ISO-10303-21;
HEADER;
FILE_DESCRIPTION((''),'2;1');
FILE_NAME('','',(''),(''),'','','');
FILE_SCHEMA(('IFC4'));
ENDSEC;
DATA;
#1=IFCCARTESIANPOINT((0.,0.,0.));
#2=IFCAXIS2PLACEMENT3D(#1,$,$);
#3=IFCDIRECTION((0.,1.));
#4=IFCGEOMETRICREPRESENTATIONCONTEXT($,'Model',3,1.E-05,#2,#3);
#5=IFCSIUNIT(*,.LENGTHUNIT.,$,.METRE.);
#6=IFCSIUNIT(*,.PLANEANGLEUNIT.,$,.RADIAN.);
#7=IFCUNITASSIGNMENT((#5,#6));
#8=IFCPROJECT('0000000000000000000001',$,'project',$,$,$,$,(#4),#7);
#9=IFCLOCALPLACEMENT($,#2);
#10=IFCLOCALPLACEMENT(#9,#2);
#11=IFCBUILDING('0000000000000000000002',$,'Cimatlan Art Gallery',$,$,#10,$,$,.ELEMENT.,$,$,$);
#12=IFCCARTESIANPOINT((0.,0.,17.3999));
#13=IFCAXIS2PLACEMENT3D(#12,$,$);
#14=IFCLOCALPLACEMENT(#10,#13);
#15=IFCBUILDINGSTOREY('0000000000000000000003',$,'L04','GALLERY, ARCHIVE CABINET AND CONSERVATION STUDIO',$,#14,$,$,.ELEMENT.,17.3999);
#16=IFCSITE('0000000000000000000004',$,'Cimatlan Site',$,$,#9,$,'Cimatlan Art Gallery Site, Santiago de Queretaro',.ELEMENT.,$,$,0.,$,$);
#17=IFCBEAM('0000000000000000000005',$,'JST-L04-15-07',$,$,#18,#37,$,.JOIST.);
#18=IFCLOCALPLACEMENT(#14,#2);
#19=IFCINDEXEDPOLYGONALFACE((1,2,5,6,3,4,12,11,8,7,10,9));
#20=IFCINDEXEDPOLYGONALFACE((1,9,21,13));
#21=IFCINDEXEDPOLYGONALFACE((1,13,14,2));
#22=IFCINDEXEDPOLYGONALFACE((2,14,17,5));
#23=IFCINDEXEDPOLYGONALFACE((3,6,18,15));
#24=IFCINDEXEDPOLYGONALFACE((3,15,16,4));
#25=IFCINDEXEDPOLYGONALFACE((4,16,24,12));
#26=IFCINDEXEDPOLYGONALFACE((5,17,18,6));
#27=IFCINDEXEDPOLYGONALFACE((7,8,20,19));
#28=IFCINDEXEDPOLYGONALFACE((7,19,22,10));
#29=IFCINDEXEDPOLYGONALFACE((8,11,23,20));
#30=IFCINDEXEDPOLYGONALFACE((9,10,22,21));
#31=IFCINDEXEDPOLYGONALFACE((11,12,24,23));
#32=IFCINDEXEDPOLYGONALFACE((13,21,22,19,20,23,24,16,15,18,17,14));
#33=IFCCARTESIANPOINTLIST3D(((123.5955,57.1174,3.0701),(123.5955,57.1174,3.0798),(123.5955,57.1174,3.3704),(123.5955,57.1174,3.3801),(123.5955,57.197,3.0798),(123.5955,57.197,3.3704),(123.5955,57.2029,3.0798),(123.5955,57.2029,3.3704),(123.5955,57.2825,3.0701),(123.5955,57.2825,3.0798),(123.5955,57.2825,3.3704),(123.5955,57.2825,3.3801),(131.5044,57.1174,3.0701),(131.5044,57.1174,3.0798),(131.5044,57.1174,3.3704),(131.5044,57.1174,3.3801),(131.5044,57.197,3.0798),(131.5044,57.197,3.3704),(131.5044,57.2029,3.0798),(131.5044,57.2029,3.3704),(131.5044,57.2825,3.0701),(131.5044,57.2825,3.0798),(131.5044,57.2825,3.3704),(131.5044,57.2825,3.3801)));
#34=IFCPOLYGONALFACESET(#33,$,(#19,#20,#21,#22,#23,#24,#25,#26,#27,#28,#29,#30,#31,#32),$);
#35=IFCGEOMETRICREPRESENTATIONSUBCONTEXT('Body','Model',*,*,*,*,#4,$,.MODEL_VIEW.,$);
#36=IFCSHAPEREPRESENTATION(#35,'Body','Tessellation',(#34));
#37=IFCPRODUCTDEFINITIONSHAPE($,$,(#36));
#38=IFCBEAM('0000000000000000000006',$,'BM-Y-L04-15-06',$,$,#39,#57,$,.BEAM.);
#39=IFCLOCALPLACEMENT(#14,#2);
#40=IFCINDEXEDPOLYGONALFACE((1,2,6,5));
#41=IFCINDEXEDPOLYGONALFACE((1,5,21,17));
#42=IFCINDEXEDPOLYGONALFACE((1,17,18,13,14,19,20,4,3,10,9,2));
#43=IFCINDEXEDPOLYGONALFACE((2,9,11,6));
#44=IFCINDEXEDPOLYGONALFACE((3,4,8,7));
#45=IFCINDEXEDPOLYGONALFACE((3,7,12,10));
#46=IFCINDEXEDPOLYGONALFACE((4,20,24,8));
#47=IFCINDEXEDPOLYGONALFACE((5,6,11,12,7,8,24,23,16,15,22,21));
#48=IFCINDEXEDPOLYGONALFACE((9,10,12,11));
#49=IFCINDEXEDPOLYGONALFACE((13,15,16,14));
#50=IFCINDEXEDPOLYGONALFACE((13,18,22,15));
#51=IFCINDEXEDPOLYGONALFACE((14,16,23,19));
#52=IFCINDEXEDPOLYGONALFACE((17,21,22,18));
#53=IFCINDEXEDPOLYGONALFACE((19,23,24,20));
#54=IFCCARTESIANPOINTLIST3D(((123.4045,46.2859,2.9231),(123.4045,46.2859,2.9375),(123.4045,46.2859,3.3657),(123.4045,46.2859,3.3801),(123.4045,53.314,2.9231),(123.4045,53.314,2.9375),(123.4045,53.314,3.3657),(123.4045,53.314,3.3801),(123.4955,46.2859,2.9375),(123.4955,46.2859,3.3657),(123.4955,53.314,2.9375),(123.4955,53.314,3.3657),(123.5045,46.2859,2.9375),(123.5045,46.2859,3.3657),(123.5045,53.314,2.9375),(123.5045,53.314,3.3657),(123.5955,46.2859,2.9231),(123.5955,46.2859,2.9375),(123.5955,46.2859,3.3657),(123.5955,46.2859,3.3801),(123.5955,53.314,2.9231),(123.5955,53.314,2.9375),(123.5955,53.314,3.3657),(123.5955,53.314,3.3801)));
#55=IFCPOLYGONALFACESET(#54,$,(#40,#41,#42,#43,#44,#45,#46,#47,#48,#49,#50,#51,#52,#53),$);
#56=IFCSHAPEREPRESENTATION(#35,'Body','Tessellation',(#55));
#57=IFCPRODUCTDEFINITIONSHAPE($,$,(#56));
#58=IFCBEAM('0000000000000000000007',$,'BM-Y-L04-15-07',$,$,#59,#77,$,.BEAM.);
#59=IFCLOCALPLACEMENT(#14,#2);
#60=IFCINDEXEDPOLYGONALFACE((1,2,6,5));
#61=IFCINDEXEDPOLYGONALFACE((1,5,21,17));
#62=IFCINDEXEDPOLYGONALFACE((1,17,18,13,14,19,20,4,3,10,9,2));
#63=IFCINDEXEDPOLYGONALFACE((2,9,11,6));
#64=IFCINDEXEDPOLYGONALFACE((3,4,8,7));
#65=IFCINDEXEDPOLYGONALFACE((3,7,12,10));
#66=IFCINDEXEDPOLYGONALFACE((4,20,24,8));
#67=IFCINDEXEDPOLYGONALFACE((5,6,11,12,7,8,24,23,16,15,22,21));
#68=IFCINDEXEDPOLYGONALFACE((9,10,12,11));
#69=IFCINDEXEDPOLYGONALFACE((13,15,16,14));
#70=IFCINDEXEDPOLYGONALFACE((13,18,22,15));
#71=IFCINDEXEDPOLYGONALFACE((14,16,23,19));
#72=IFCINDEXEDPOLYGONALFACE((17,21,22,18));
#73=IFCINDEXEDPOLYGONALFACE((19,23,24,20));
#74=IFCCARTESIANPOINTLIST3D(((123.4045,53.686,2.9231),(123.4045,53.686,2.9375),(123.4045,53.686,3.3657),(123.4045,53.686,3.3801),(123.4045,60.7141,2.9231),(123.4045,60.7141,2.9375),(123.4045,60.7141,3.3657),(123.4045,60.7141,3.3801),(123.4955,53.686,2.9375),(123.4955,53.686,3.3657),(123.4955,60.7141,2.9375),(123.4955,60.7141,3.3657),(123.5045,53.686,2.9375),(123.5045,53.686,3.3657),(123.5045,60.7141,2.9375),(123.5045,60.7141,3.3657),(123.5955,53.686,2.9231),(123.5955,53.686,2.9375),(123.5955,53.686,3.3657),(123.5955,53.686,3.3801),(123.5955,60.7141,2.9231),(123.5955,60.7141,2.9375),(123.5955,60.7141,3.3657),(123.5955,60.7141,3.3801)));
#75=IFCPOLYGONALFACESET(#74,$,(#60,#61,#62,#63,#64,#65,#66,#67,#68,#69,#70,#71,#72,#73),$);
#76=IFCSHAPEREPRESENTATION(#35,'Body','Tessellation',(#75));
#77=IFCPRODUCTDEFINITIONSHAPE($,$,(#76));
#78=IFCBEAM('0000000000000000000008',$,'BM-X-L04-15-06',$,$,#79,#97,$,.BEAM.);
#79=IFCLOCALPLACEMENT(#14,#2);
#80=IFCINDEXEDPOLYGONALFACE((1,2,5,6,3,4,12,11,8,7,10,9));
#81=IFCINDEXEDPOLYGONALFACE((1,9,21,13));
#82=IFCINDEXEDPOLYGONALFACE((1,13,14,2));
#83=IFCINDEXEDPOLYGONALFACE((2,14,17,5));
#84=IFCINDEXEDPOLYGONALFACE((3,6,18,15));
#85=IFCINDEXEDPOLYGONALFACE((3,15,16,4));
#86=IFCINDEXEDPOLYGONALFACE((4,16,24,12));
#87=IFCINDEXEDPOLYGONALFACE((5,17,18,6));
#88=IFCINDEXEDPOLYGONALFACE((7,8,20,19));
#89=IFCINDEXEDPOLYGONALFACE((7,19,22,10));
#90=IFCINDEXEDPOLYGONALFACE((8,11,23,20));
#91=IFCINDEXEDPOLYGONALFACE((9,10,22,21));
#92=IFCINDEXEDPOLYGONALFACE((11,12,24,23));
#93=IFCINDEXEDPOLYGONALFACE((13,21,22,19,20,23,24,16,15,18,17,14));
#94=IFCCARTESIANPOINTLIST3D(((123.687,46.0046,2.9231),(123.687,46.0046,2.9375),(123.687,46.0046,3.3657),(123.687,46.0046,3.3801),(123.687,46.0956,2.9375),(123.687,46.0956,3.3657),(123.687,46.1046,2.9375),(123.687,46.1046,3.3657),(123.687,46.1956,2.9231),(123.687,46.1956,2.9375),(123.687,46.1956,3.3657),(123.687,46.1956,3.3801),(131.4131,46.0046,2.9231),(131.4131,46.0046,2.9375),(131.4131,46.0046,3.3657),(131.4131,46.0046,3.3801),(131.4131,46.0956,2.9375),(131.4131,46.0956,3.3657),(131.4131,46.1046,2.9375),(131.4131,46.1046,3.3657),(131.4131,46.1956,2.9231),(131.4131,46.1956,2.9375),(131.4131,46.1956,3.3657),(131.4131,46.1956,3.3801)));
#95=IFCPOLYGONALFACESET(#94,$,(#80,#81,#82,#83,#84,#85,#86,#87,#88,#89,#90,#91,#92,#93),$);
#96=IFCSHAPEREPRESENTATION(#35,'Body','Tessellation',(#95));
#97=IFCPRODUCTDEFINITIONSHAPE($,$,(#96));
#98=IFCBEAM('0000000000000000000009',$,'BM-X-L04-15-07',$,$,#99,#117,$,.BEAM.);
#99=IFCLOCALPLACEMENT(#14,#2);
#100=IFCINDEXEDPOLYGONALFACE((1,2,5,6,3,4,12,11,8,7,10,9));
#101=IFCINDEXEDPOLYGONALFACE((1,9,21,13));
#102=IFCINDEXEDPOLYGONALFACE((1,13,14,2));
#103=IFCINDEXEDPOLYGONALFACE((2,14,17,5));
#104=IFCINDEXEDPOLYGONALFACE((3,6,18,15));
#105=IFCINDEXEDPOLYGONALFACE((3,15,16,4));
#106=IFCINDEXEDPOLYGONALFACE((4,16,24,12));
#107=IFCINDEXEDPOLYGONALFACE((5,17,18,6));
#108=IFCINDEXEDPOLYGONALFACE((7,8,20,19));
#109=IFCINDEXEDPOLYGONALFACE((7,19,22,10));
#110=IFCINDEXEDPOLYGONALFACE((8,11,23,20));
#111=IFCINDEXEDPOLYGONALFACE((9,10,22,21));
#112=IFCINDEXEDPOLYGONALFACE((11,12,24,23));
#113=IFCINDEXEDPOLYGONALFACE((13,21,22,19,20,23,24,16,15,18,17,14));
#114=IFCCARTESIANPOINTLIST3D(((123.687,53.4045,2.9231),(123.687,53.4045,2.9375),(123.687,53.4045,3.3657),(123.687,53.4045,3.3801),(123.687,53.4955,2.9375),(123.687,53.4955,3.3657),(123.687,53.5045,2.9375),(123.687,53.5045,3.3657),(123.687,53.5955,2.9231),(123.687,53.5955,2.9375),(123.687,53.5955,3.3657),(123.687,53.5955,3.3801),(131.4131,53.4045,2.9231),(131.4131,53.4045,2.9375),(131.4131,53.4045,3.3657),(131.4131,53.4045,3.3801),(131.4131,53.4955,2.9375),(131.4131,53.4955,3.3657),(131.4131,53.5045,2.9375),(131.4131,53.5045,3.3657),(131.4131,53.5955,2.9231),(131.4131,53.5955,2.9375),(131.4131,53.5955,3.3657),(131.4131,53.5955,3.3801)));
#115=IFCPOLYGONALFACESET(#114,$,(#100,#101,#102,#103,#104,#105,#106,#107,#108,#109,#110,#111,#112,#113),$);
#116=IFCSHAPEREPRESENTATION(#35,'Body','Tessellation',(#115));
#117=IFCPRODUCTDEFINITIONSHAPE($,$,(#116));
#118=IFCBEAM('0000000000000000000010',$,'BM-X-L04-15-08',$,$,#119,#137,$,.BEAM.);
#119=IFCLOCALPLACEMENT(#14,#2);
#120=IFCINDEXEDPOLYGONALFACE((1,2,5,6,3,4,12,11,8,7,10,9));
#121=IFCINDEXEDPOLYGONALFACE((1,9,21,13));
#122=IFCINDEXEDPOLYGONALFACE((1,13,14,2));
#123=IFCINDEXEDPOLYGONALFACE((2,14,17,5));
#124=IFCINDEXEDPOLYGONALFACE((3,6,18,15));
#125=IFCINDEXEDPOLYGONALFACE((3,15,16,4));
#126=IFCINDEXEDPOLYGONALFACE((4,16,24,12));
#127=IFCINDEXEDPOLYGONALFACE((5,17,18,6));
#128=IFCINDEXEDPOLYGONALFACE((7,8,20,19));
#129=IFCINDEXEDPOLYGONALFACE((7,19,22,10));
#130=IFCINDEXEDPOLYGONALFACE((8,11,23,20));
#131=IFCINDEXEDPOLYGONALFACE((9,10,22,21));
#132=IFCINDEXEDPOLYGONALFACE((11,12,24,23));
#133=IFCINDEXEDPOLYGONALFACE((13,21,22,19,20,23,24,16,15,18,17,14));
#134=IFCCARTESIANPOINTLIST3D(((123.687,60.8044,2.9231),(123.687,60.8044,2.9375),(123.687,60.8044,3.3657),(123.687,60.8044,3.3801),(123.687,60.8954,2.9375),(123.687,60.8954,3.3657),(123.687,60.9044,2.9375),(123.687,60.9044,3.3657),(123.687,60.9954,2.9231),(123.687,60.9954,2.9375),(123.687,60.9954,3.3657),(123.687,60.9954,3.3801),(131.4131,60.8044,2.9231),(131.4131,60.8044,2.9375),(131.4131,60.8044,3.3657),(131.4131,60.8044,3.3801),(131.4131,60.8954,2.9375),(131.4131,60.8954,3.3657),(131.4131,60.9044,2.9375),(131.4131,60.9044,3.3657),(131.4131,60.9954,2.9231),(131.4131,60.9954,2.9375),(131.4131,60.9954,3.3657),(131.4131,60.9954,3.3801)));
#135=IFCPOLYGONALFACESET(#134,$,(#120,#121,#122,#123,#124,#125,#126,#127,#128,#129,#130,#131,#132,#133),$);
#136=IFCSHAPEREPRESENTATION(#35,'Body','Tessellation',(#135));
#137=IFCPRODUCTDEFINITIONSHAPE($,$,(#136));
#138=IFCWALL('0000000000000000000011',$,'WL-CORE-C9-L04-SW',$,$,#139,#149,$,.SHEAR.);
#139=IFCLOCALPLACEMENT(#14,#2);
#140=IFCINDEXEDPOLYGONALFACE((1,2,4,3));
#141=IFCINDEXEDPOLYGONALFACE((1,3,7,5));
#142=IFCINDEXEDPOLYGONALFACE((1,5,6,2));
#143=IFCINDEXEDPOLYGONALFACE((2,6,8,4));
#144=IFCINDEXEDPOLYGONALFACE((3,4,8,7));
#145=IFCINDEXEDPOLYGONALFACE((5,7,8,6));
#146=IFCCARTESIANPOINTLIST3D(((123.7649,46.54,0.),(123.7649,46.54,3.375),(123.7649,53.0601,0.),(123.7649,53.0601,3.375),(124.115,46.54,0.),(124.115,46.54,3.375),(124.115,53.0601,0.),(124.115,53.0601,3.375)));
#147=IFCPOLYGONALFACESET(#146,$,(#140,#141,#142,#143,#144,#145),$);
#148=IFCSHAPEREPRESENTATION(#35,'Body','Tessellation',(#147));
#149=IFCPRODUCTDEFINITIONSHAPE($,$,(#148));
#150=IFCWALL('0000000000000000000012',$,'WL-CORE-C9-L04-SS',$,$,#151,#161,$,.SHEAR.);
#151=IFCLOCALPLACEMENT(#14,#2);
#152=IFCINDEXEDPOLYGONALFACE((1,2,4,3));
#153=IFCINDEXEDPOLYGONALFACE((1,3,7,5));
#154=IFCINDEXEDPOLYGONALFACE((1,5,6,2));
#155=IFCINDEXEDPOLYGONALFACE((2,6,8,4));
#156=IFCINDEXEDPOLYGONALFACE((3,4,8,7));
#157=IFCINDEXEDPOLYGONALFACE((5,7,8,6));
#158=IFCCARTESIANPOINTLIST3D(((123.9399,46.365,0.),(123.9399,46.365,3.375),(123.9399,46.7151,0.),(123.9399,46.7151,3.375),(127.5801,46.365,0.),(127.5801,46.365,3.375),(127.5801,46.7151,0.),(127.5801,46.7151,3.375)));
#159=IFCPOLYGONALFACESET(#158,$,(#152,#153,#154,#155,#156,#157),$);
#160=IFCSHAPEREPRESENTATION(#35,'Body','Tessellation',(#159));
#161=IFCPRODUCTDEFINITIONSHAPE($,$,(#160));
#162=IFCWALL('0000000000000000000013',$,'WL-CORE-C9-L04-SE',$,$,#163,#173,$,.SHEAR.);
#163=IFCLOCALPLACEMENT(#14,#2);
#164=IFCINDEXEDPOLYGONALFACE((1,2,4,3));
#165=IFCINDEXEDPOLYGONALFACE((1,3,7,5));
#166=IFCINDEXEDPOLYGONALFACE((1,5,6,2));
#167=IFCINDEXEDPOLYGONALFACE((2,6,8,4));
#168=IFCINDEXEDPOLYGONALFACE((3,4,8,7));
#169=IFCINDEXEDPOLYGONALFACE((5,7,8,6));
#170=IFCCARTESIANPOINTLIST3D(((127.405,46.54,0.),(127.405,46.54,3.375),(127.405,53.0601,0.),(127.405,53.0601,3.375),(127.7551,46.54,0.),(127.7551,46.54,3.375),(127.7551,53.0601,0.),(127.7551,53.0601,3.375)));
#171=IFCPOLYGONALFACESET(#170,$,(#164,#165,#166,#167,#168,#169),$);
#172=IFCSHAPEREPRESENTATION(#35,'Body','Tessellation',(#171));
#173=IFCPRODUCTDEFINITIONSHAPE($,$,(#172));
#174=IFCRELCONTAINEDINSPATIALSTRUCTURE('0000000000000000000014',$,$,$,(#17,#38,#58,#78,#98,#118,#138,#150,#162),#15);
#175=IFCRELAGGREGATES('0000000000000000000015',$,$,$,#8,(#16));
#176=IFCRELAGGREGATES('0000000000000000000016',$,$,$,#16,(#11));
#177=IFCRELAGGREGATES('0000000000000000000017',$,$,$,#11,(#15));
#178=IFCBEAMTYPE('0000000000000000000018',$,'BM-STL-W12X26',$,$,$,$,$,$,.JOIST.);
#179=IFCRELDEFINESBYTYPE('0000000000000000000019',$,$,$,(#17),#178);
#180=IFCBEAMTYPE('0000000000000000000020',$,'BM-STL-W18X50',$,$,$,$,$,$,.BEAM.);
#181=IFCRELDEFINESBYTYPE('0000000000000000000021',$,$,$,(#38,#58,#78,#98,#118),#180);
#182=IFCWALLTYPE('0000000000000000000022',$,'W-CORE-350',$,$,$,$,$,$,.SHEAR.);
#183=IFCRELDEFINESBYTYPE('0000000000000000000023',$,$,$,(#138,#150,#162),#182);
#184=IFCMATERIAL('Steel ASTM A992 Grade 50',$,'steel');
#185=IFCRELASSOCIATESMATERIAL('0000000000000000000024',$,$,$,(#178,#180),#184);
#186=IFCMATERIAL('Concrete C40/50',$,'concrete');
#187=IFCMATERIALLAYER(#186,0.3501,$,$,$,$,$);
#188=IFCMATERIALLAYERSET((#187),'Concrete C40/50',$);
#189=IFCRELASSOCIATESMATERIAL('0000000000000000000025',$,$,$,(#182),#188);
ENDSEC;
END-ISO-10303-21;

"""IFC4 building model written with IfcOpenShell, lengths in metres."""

from ifc_helpers import new_model, si_unit, direction, frame, frame_2d, origin, origin_2d, place, context, subcontext, project, spatial, rectangle, i_section, extrude, material, layer, layer_set, material_profile, profile_set, type_object, element, save


model = new_model("IFC4")

# Units and contexts
model_context = context("Model", 3, precision=1e-05, world=origin(), true_north=direction((0.0, 1.0)))
body_context = subcontext(model_context, "Body", "Model", "MODEL_VIEW")
ifc_project = project(units=[si_unit("LENGTHUNIT", "METRE"), si_unit("PLANEANGLEUNIT", "RADIAN")], contexts=[model_context])

# Site, building, storey
site_placement = place(None, origin())
site = spatial("IfcSite", under=ifc_project, at=site_placement, Name="Cimatlan Site", LongName="Cimatlan Art Gallery Site, Santiago de Queretaro", CompositionType="ELEMENT", RefElevation=0.0)
building_placement = place(site_placement, origin())
building = spatial("IfcBuilding", under=site, at=building_placement, Name="Cimatlan Art Gallery", CompositionType="ELEMENT")
storey_placement = place(building_placement, frame((0.0, 0.0, 17.3999)))
storey = spatial("IfcBuildingStorey", under=building, at=storey_placement, Name="L04", Description="GALLERY, ARCHIVE CABINET AND CONSERVATION STUDIO", CompositionType="ELEMENT", Elevation=17.3999)

# Beams
ifc_material_1 = material(Name="Steel ASTM A992 Grade 50", Category="steel")
ifc_material_profile_1 = material_profile(ifc_material_1, i_section(OverallWidth=0.165, OverallDepth=0.3101, WebThickness=0.0059, FlangeThickness=0.0098, at=origin_2d()), Name="W12X26")
ifc_profile_set_1 = profile_set([ifc_material_profile_1], Name="Steel ASTM A992 Grade 50")
beam_type_1 = type_object("IfcBeamType", Name="BM-STL-W12X26", PredefinedType="JOIST", material=ifc_profile_set_1)
beam_placement = place(storey_placement, frame((123.5955, 57.2, 3.2251), z_axis=(1.0, 0.0, 0.0), x_axis=(0.0, 1.0, 0.0)))
element("IfcBeam", 1, at=beam_placement, inside=storey, type_object=beam_type_1, Name="JST-L04-15-07", PredefinedType="JOIST", context=body_context, shape_type="SweptSolid", body=[
    extrude(i_section(OverallWidth=0.165, OverallDepth=0.3101, WebThickness=0.0059, FlangeThickness=0.0098, at=origin_2d()), origin(), (0.0, 0.0, 1.0), 7.9089),
])
ifc_material_profile_2 = material_profile(ifc_material_1, i_section(OverallWidth=0.1909, OverallDepth=0.457, WebThickness=0.009, FlangeThickness=0.0144, at=origin_2d()), Name="W18X50")
ifc_profile_set_2 = profile_set([ifc_material_profile_2], Name="Steel ASTM A992 Grade 50")
beam_type_2 = type_object("IfcBeamType", Name="BM-STL-W18X50", PredefinedType="BEAM", material=ifc_profile_set_2)
for number, where, z_axis, x_axis, name in (
    (2, (123.5, 46.2859, 3.1516), (0.0, 1.0, 0.0), (-1.0, 0.0, 0.0), "BM-Y-L04-15-06"),
    (3, (123.5, 53.686, 3.1516), (0.0, 1.0, 0.0), (-1.0, 0.0, 0.0), "BM-Y-L04-15-07"),
):
    element("IfcBeam", number, at=place(storey_placement, frame(where, z_axis=z_axis, x_axis=x_axis)), inside=storey, type_object=beam_type_2, Name=name, PredefinedType="BEAM", context=body_context, shape_type="SweptSolid", body=[
        extrude(i_section(OverallWidth=0.1909, OverallDepth=0.457, WebThickness=0.009, FlangeThickness=0.0144, at=origin_2d()), origin(), (0.0, 0.0, 1.0), 7.0281),
    ])
for number, where, z_axis, x_axis, name in (
    (4, (123.687, 46.1001, 3.1516), (1.0, 0.0, 0.0), (0.0, 1.0, 0.0), "BM-X-L04-15-06"),
    (5, (123.687, 53.5, 3.1516), (1.0, 0.0, 0.0), (0.0, 1.0, 0.0), "BM-X-L04-15-07"),
    (6, (123.687, 60.8999, 3.1516), (1.0, 0.0, 0.0), (0.0, 1.0, 0.0), "BM-X-L04-15-08"),
):
    element("IfcBeam", number, at=place(storey_placement, frame(where, z_axis=z_axis, x_axis=x_axis)), inside=storey, type_object=beam_type_2, Name=name, PredefinedType="BEAM", context=body_context, shape_type="SweptSolid", body=[
        extrude(i_section(OverallWidth=0.1909, OverallDepth=0.457, WebThickness=0.009, FlangeThickness=0.0144, at=origin_2d()), origin(), (0.0, 0.0, 1.0), 7.7261),
    ])

# Walls
ifc_material_2 = material(Name="Concrete C40/50", Category="concrete")
ifc_layer_1 = layer(ifc_material_2, 0.3501)
ifc_layer_set_1 = layer_set([ifc_layer_1], Name="Concrete C40/50")
wall_type_1 = type_object("IfcWallType", Name="W-CORE-350", PredefinedType="SHEAR", material=ifc_layer_set_1)
wall_1_placement = place(storey_placement, frame((123.9399, 46.54, 0.0), z_axis=(0.0, 0.0, 1.0), x_axis=(0.0, 1.0, 0.0)))
element("IfcWall", 7, at=wall_1_placement, inside=storey, type_object=wall_type_1, Name="WL-CORE-C9-L04-SW", PredefinedType="SHEAR", context=body_context, shape_type="SweptSolid", body=[
    extrude(rectangle(XDim=6.52, YDim=0.3501, at=frame_2d((3.26, 0.0))), origin(), (0.0, 0.0, 1.0), 3.375),
])
wall_2_placement = place(storey_placement, frame((123.9399, 46.54, 0.0), z_axis=(0.0, 0.0, 1.0), x_axis=(1.0, 0.0, 0.0)))
element("IfcWall", 8, at=wall_2_placement, inside=storey, type_object=wall_type_1, Name="WL-CORE-C9-L04-SS", PredefinedType="SHEAR", context=body_context, shape_type="SweptSolid", body=[
    extrude(rectangle(XDim=3.6401, YDim=0.3501, at=frame_2d((1.8201, 0.0))), origin(), (0.0, 0.0, 1.0), 3.375),
])
wall_3_placement = place(storey_placement, frame((127.5801, 46.54, 0.0), z_axis=(0.0, 0.0, 1.0), x_axis=(0.0, 1.0, 0.0)))
element("IfcWall", 9, at=wall_3_placement, inside=storey, type_object=wall_type_1, Name="WL-CORE-C9-L04-SE", PredefinedType="SHEAR", context=body_context, shape_type="SweptSolid", body=[
    extrude(rectangle(XDim=6.52, YDim=0.3501, at=frame_2d((3.26, 0.0))), origin(), (0.0, 0.0, 1.0), 3.375),
])

save(model, "model.ifc")
